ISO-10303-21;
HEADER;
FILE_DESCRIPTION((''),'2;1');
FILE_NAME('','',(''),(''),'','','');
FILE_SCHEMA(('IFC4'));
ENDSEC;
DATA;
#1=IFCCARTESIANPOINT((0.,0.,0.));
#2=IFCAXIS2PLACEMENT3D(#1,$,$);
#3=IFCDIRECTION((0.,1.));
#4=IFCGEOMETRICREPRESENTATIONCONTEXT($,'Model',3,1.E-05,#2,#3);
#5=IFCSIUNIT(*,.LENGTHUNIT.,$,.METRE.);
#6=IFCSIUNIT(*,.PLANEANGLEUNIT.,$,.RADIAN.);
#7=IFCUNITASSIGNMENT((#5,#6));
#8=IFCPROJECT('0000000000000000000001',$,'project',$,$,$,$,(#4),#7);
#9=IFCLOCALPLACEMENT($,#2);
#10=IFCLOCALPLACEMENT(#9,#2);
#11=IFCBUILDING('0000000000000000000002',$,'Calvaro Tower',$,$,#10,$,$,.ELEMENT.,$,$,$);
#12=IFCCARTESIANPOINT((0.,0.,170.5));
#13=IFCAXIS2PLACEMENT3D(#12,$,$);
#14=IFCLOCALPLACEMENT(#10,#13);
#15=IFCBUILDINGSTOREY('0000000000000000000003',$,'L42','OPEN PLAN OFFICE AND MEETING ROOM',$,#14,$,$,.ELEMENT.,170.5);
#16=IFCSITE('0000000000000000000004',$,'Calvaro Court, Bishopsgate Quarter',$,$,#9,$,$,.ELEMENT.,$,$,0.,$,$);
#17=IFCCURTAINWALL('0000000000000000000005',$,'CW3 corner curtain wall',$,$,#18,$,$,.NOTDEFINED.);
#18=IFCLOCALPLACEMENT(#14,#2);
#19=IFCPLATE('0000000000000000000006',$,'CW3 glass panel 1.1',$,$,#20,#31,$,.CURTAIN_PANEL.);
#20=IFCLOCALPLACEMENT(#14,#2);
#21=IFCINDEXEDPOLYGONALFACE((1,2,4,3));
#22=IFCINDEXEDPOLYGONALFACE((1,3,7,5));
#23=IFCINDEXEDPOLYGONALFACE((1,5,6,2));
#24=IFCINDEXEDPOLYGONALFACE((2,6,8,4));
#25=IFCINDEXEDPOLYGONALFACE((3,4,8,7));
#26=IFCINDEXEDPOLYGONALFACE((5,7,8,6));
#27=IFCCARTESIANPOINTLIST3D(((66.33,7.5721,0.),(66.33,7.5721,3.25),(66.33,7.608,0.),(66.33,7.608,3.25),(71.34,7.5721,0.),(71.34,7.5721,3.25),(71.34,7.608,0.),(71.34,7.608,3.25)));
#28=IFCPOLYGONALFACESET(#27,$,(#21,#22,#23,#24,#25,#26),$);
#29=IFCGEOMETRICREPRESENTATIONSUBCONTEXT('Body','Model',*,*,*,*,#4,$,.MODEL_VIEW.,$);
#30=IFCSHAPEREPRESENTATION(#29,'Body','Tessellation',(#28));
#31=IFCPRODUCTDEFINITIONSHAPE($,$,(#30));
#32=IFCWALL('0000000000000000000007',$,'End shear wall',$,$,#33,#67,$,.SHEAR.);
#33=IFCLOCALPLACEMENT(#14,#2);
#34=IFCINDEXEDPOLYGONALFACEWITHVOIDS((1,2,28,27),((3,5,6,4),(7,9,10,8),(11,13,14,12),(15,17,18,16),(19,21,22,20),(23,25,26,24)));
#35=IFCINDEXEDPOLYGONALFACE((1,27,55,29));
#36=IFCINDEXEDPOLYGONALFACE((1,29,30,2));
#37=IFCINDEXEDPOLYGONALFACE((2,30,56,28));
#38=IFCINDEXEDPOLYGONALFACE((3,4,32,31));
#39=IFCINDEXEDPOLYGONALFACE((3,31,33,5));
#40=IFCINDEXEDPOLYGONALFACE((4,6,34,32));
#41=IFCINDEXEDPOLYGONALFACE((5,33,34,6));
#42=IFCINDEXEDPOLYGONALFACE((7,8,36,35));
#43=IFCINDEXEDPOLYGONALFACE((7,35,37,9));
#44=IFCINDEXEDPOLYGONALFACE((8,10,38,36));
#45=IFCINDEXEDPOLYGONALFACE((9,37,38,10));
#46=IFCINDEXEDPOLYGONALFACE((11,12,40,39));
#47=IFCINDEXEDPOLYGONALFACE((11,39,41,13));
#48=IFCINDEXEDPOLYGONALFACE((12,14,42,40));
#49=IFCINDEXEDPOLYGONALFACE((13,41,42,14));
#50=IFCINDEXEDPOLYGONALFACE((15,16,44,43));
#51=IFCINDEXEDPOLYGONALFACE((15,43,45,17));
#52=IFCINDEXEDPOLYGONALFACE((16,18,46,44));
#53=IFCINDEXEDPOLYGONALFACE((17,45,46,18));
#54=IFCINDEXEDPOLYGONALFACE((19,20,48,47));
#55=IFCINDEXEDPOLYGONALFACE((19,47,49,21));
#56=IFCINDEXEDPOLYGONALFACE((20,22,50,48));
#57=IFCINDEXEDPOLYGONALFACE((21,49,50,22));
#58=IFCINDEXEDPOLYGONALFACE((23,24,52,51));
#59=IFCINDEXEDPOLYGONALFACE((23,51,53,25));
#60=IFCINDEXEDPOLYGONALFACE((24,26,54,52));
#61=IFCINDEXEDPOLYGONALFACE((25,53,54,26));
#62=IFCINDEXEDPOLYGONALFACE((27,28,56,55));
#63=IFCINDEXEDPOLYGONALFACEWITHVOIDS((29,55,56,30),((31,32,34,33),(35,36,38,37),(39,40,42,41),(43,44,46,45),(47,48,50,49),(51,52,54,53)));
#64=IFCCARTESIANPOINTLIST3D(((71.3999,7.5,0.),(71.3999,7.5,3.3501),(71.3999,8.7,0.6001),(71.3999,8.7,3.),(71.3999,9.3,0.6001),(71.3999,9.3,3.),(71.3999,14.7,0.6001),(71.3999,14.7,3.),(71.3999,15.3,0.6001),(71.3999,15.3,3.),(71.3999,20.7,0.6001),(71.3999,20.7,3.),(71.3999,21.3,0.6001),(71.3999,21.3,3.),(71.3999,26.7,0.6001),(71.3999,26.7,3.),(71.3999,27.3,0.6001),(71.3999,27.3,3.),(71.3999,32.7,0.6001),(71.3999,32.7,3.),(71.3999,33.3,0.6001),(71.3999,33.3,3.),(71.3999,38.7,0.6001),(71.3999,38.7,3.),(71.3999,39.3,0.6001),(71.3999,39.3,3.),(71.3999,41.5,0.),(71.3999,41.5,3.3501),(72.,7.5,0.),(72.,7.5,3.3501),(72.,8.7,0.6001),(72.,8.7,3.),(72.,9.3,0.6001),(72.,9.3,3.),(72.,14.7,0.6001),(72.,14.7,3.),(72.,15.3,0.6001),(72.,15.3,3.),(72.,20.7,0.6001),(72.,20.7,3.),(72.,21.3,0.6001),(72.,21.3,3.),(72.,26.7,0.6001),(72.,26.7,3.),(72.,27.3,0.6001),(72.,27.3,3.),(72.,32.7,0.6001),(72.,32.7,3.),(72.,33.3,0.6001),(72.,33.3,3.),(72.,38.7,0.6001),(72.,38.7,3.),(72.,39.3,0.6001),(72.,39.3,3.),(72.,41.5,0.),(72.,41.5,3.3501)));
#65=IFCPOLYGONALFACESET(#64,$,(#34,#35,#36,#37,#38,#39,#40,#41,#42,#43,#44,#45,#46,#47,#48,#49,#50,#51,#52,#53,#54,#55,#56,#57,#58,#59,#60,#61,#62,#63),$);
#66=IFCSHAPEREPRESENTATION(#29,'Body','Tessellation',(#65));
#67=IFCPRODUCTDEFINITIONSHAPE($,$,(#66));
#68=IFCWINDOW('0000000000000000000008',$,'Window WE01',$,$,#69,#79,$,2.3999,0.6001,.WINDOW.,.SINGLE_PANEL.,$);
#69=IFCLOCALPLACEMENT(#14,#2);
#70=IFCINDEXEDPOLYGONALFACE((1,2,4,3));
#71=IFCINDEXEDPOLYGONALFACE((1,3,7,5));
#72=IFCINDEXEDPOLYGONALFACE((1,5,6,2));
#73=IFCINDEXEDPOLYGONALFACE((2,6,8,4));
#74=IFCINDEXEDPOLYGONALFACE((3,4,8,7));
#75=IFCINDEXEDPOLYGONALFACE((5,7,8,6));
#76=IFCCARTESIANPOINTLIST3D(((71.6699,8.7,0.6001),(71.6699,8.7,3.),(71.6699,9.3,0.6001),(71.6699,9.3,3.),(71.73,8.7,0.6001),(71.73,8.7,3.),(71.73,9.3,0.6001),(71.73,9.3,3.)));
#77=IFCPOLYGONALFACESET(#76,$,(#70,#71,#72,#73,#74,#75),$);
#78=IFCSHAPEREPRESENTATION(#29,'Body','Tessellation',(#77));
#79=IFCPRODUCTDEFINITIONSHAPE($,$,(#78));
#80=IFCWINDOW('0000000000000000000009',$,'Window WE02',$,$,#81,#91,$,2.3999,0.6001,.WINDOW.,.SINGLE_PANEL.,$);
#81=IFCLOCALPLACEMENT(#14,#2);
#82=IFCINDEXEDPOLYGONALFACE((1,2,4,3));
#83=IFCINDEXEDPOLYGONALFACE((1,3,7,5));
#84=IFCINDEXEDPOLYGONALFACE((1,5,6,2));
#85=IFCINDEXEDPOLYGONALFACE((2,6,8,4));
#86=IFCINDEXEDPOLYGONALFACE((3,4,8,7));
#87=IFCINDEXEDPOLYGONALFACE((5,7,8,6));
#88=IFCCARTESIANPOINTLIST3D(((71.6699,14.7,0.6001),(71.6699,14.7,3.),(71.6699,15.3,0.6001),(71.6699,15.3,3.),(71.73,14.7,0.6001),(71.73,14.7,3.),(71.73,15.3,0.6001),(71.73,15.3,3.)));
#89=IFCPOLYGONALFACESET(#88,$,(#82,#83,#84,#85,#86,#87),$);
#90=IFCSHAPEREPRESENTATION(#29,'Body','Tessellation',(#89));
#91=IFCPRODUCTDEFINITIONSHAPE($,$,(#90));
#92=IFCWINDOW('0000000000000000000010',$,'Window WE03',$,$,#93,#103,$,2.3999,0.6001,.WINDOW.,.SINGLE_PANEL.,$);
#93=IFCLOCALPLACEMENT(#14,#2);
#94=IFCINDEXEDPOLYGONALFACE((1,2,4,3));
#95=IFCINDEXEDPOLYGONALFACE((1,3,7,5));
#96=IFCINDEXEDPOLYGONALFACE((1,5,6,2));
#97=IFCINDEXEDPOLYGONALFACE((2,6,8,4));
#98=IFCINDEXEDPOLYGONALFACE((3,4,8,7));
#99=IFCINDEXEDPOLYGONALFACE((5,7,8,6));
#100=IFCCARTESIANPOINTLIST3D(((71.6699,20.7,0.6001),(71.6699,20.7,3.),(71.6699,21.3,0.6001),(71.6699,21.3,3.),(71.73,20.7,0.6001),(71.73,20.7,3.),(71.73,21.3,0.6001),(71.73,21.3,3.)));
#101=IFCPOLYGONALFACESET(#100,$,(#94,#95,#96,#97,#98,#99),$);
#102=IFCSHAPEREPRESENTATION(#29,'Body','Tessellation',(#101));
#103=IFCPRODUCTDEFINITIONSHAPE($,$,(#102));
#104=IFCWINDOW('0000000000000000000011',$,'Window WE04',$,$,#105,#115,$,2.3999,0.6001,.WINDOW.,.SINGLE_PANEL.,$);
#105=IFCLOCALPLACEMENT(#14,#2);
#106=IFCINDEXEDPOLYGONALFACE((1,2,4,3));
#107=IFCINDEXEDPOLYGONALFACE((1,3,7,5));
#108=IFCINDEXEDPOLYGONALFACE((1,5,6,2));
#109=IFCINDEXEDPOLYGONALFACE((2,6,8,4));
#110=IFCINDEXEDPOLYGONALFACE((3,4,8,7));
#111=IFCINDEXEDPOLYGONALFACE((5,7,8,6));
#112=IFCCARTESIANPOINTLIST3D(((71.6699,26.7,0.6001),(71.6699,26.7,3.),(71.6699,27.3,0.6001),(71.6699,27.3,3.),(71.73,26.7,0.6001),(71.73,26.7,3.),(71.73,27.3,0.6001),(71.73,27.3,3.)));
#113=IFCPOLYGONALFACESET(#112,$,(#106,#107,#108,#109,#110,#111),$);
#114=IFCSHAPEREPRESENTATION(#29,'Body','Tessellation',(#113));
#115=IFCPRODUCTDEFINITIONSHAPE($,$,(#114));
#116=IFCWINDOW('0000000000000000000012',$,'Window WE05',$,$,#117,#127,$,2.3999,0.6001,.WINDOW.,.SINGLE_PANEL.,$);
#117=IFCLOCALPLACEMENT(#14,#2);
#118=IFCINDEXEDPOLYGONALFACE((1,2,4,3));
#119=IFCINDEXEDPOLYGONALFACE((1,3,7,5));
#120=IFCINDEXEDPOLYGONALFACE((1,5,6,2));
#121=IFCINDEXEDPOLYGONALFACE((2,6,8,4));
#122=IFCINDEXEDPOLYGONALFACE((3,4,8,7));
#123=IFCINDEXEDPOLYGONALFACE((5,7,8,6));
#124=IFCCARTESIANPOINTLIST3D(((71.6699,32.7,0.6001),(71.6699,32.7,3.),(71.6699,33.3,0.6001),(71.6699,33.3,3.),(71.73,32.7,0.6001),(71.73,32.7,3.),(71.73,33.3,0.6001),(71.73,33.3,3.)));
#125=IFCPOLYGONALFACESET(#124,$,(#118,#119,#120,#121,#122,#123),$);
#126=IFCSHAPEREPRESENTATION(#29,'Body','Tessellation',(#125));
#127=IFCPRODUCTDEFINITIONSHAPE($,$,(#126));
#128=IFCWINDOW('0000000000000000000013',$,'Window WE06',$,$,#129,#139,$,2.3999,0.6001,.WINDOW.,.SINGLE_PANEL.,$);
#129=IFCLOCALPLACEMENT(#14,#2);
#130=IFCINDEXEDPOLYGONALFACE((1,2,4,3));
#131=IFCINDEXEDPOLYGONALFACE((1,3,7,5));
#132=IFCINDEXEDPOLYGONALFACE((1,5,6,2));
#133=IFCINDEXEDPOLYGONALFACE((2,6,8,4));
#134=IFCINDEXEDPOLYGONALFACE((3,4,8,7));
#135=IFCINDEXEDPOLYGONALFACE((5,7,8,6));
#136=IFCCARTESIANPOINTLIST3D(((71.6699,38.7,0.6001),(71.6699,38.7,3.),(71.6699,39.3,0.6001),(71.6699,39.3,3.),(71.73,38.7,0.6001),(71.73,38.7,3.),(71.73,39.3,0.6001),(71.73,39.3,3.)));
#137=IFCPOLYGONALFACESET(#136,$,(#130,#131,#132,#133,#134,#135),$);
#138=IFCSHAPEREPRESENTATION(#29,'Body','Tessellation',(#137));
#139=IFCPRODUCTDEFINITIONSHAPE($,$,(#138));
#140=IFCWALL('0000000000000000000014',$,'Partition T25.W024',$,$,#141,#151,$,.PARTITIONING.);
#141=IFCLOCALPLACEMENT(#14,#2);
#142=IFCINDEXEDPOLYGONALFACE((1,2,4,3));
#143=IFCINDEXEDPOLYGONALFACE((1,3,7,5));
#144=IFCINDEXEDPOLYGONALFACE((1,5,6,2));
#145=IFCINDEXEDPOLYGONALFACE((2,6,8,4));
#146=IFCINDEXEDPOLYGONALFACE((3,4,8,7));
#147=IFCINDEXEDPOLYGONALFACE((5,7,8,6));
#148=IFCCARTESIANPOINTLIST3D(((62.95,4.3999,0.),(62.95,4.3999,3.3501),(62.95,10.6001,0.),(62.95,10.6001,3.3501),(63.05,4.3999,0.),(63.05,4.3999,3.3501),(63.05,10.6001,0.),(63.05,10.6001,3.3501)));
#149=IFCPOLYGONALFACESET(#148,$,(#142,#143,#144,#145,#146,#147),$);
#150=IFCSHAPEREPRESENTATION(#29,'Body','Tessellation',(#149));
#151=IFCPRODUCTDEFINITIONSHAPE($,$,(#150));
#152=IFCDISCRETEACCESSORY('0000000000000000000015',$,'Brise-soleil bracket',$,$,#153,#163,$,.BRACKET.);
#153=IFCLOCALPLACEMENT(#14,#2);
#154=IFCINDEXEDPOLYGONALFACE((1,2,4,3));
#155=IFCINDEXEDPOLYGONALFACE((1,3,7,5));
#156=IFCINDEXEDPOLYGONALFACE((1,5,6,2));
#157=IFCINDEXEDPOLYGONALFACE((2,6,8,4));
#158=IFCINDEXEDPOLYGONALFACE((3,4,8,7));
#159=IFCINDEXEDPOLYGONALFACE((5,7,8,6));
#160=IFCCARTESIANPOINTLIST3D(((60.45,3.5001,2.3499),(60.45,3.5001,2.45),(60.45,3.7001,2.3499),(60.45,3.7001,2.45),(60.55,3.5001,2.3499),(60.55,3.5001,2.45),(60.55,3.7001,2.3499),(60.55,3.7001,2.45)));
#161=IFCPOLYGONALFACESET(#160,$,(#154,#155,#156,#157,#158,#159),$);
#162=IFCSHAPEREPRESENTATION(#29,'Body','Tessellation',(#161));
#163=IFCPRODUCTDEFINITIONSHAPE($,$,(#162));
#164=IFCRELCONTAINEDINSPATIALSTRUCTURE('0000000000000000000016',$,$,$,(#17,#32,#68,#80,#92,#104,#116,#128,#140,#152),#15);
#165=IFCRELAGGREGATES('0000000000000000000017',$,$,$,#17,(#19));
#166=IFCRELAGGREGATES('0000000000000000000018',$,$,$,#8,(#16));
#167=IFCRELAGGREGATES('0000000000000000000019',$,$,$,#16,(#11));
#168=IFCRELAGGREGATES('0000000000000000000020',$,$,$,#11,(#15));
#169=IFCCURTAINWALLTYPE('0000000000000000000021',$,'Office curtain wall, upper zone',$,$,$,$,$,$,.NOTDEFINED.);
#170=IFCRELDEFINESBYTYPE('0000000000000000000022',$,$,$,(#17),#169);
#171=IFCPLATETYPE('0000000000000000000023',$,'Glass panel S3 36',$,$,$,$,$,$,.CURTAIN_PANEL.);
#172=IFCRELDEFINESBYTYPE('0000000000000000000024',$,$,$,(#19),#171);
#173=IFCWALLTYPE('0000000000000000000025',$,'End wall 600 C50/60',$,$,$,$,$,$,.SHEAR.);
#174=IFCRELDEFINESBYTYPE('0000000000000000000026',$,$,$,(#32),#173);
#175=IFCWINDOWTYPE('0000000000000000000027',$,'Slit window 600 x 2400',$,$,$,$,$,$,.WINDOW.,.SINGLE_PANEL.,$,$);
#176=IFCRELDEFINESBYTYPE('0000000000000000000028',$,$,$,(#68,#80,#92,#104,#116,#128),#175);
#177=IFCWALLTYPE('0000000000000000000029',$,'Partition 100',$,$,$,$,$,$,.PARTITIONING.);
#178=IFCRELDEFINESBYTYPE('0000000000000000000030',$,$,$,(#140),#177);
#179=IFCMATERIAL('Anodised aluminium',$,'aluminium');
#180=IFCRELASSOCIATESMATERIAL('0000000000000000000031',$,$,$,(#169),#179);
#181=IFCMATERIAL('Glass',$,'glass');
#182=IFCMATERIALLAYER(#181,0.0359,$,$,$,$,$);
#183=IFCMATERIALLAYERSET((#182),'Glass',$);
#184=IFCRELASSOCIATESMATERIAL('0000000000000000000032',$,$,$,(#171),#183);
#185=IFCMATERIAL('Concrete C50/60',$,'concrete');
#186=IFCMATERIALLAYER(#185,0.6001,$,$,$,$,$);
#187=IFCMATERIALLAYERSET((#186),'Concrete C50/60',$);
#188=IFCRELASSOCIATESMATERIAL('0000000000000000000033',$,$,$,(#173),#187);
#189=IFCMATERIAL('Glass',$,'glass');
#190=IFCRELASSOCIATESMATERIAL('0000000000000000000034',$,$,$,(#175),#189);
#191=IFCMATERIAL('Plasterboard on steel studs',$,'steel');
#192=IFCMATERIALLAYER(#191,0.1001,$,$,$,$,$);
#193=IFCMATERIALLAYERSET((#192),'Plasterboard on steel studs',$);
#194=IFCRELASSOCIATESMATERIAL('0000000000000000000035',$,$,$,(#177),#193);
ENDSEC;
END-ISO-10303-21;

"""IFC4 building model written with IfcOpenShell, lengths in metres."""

from ifc_helpers import new_model, si_unit, direction, frame, frame_2d, origin, origin_2d, place, context, subcontext, project, spatial, rectangle, extrude, material, layer, layer_set, type_object, element, fill, aggregate, save


model = new_model("IFC4")

# Units and contexts
model_context = context("Model", 3, precision=1e-05, world=origin(), true_north=direction((0.0, 1.0)))
body_context = subcontext(model_context, "Body", "Model", "MODEL_VIEW")
ifc_project = project(units=[si_unit("LENGTHUNIT", "METRE"), si_unit("PLANEANGLEUNIT", "RADIAN")], contexts=[model_context])

# Site, building, storey
site_placement = place(None, origin())
site = spatial("IfcSite", under=ifc_project, at=site_placement, Name="Calvaro Court, Bishopsgate Quarter", CompositionType="ELEMENT", RefElevation=0.0)
building_placement = place(site_placement, origin())
building = spatial("IfcBuilding", under=site, at=building_placement, Name="Calvaro Tower", CompositionType="ELEMENT")
storey_placement = place(building_placement, frame((0.0, 0.0, 170.5)))
storey = spatial("IfcBuildingStorey", under=building, at=storey_placement, Name="L42", Description="OPEN PLAN OFFICE AND MEETING ROOM", CompositionType="ELEMENT", Elevation=170.5)

# Curtain wall
ifc_material_1 = material(Name="Anodised aluminium", Category="aluminium")
curtain_wall_type = type_object("IfcCurtainWallType", Name="Office curtain wall, upper zone", PredefinedType="NOTDEFINED", material=ifc_material_1)
curtain_wall_1_placement = place(storey_placement, origin())
curtain_wall_1 = element("IfcCurtainWall", 1, at=curtain_wall_1_placement, inside=storey, type_object=curtain_wall_type, Name="CW3 corner curtain wall", PredefinedType="NOTDEFINED")

# Plate
ifc_material_2 = material(Name="Glass", Category="glass")
ifc_layer_1 = layer(ifc_material_2, 0.0359)
ifc_layer_set_1 = layer_set([ifc_layer_1], Name="Glass")
plate_type = type_object("IfcPlateType", Name="Glass panel S3 36", PredefinedType="CURTAIN_PANEL", material=ifc_layer_set_1)
plate_1_placement = place(storey_placement, frame((68.835, 7.5901, 0.0), z_axis=(0.0, 0.0, 1.0), x_axis=(1.0, 0.0, 0.0)))
plate_1 = element("IfcPlate", 2, at=plate_1_placement, type_object=plate_type, Name="CW3 glass panel 1.1", PredefinedType="CURTAIN_PANEL", context=body_context, shape_type="SweptSolid", body=[
    extrude(rectangle(XDim=5.01, YDim=0.0359, at=origin_2d()), origin(), (0.0, 0.0, 1.0), 3.25),
])
aggregate(curtain_wall_1, [plate_1])

# Wall, openings, windows
ifc_material_3 = material(Name="Concrete C50/60", Category="concrete")
ifc_layer_2 = layer(ifc_material_3, 0.6001)
ifc_layer_set_2 = layer_set([ifc_layer_2], Name="Concrete C50/60")
wall_type_1 = type_object("IfcWallType", Name="End wall 600 C50/60", PredefinedType="SHEAR", material=ifc_layer_set_2)
wall_1_placement = place(storey_placement, frame((71.7, 7.5, 0.0), z_axis=(0.0, 0.0, 1.0), x_axis=(0.0, 1.0, 0.0)))
wall_1 = element("IfcWall", 3, at=wall_1_placement, inside=storey, type_object=wall_type_1, Name="End shear wall", PredefinedType="SHEAR", context=body_context, shape_type="SweptSolid", body=[
    extrude(rectangle(XDim=34.0, YDim=0.6001, at=frame_2d((17.0, 0.0))), origin(), (0.0, 0.0, 1.0), 3.3501),
])
opening_1_placement = place(wall_1_placement, frame((1.2, 0.0, 0.6001)))
opening_1 = element("IfcOpeningElement", 4, at=opening_1_placement, cuts=wall_1, PredefinedType="OPENING", context=body_context, shape_type="SweptSolid", body=[
    extrude(rectangle(XDim=0.6001, YDim=2.3999, at=frame_2d((0.3, 1.2))), frame((0.0, 0.3101, 0.0), z_axis=(0.0, -1.0, 0.0), x_axis=(1.0, 0.0, 0.0)), (0.0, 0.0, 1.0), 0.6201),
])
opening_2_placement = place(wall_1_placement, frame((7.2, 0.0, 0.6001)))
opening_2 = element("IfcOpeningElement", 5, at=opening_2_placement, cuts=wall_1, PredefinedType="OPENING", context=body_context, shape_type="SweptSolid", body=[
    extrude(rectangle(XDim=0.6001, YDim=2.3999, at=frame_2d((0.3, 1.2))), frame((0.0, 0.3101, 0.0), z_axis=(0.0, -1.0, 0.0), x_axis=(1.0, 0.0, 0.0)), (0.0, 0.0, 1.0), 0.6201),
])
opening_3_placement = place(wall_1_placement, frame((13.2, 0.0, 0.6001)))
opening_3 = element("IfcOpeningElement", 6, at=opening_3_placement, cuts=wall_1, PredefinedType="OPENING", context=body_context, shape_type="SweptSolid", body=[
    extrude(rectangle(XDim=0.6001, YDim=2.3999, at=frame_2d((0.3, 1.2))), frame((0.0, 0.3101, 0.0), z_axis=(0.0, -1.0, 0.0), x_axis=(1.0, 0.0, 0.0)), (0.0, 0.0, 1.0), 0.6201),
])
opening_4_placement = place(wall_1_placement, frame((19.2, 0.0, 0.6001)))
opening_4 = element("IfcOpeningElement", 7, at=opening_4_placement, cuts=wall_1, PredefinedType="OPENING", context=body_context, shape_type="SweptSolid", body=[
    extrude(rectangle(XDim=0.6001, YDim=2.3999, at=frame_2d((0.3, 1.2))), frame((0.0, 0.3101, 0.0), z_axis=(0.0, -1.0, 0.0), x_axis=(1.0, 0.0, 0.0)), (0.0, 0.0, 1.0), 0.6201),
])
opening_5_placement = place(wall_1_placement, frame((25.2, 0.0, 0.6001)))
opening_5 = element("IfcOpeningElement", 8, at=opening_5_placement, cuts=wall_1, PredefinedType="OPENING", context=body_context, shape_type="SweptSolid", body=[
    extrude(rectangle(XDim=0.6001, YDim=2.3999, at=frame_2d((0.3, 1.2))), frame((0.0, 0.3101, 0.0), z_axis=(0.0, -1.0, 0.0), x_axis=(1.0, 0.0, 0.0)), (0.0, 0.0, 1.0), 0.6201),
])
opening_6_placement = place(wall_1_placement, frame((31.2, 0.0, 0.6001)))
opening_6 = element("IfcOpeningElement", 9, at=opening_6_placement, cuts=wall_1, PredefinedType="OPENING", context=body_context, shape_type="SweptSolid", body=[
    extrude(rectangle(XDim=0.6001, YDim=2.3999, at=frame_2d((0.3, 1.2))), frame((0.0, 0.3101, 0.0), z_axis=(0.0, -1.0, 0.0), x_axis=(1.0, 0.0, 0.0)), (0.0, 0.0, 1.0), 0.6201),
])
ifc_material_4 = material(Name="Glass", Category="glass")
window_type = type_object("IfcWindowType", Name="Slit window 600 x 2400", PartitioningType="SINGLE_PANEL", PredefinedType="WINDOW", material=ifc_material_4)
window_1_placement = place(opening_1_placement, origin())
window_1 = element("IfcWindow", 10, at=window_1_placement, inside=storey, type_object=window_type, Name="Window WE01", OverallHeight=2.3999, OverallWidth=0.6001, PartitioningType="SINGLE_PANEL", PredefinedType="WINDOW", context=body_context, shape_type="SweptSolid", body=[
    extrude(rectangle(XDim=0.6001, YDim=2.3999, at=frame_2d((0.3, 1.2))), frame((0.0, 0.03, 0.0), z_axis=(0.0, -1.0, 0.0), x_axis=(1.0, 0.0, 0.0)), (0.0, 0.0, 1.0), 0.0601),
])
fill(opening_1, window_1)
window_2_placement = place(opening_2_placement, origin())
window_2 = element("IfcWindow", 11, at=window_2_placement, inside=storey, type_object=window_type, Name="Window WE02", OverallHeight=2.3999, OverallWidth=0.6001, PartitioningType="SINGLE_PANEL", PredefinedType="WINDOW", context=body_context, shape_type="SweptSolid", body=[
    extrude(rectangle(XDim=0.6001, YDim=2.3999, at=frame_2d((0.3, 1.2))), frame((0.0, 0.03, 0.0), z_axis=(0.0, -1.0, 0.0), x_axis=(1.0, 0.0, 0.0)), (0.0, 0.0, 1.0), 0.0601),
])
fill(opening_2, window_2)
window_3_placement = place(opening_3_placement, origin())
window_3 = element("IfcWindow", 12, at=window_3_placement, inside=storey, type_object=window_type, Name="Window WE03", OverallHeight=2.3999, OverallWidth=0.6001, PartitioningType="SINGLE_PANEL", PredefinedType="WINDOW", context=body_context, shape_type="SweptSolid", body=[
    extrude(rectangle(XDim=0.6001, YDim=2.3999, at=frame_2d((0.3, 1.2))), frame((0.0, 0.03, 0.0), z_axis=(0.0, -1.0, 0.0), x_axis=(1.0, 0.0, 0.0)), (0.0, 0.0, 1.0), 0.0601),
])
fill(opening_3, window_3)
window_4_placement = place(opening_4_placement, origin())
window_4 = element("IfcWindow", 13, at=window_4_placement, inside=storey, type_object=window_type, Name="Window WE04", OverallHeight=2.3999, OverallWidth=0.6001, PartitioningType="SINGLE_PANEL", PredefinedType="WINDOW", context=body_context, shape_type="SweptSolid", body=[
    extrude(rectangle(XDim=0.6001, YDim=2.3999, at=frame_2d((0.3, 1.2))), frame((0.0, 0.03, 0.0), z_axis=(0.0, -1.0, 0.0), x_axis=(1.0, 0.0, 0.0)), (0.0, 0.0, 1.0), 0.0601),
])
fill(opening_4, window_4)
window_5_placement = place(opening_5_placement, origin())
window_5 = element("IfcWindow", 14, at=window_5_placement, inside=storey, type_object=window_type, Name="Window WE05", OverallHeight=2.3999, OverallWidth=0.6001, PartitioningType="SINGLE_PANEL", PredefinedType="WINDOW", context=body_context, shape_type="SweptSolid", body=[
    extrude(rectangle(XDim=0.6001, YDim=2.3999, at=frame_2d((0.3, 1.2))), frame((0.0, 0.03, 0.0), z_axis=(0.0, -1.0, 0.0), x_axis=(1.0, 0.0, 0.0)), (0.0, 0.0, 1.0), 0.0601),
])
fill(opening_5, window_5)
window_6_placement = place(opening_6_placement, origin())
window_6 = element("IfcWindow", 15, at=window_6_placement, inside=storey, type_object=window_type, Name="Window WE06", OverallHeight=2.3999, OverallWidth=0.6001, PartitioningType="SINGLE_PANEL", PredefinedType="WINDOW", context=body_context, shape_type="SweptSolid", body=[
    extrude(rectangle(XDim=0.6001, YDim=2.3999, at=frame_2d((0.3, 1.2))), frame((0.0, 0.03, 0.0), z_axis=(0.0, -1.0, 0.0), x_axis=(1.0, 0.0, 0.0)), (0.0, 0.0, 1.0), 0.0601),
])
fill(opening_6, window_6)

# Wall
ifc_material_5 = material(Name="Plasterboard on steel studs", Category="steel")
ifc_layer_3 = layer(ifc_material_5, 0.1001)
ifc_layer_set_3 = layer_set([ifc_layer_3], Name="Plasterboard on steel studs")
wall_type_2 = type_object("IfcWallType", Name="Partition 100", PredefinedType="PARTITIONING", material=ifc_layer_set_3)
wall_2_placement = place(storey_placement, frame((63.0, 4.3999, 0.0), z_axis=(0.0, 0.0, 1.0), x_axis=(0.0, 1.0, 0.0)))
element("IfcWall", 16, at=wall_2_placement, inside=storey, type_object=wall_type_2, Name="Partition T25.W024", PredefinedType="PARTITIONING", context=body_context, shape_type="SweptSolid", body=[
    extrude(rectangle(XDim=6.2002, YDim=0.1001, at=frame_2d((3.1001, 0.0))), origin(), (0.0, 0.0, 1.0), 3.3501),
])

# Discrete accessory
for number, where, z_axis, x_axis, name in (
    (17, (60.5, 3.6001, 2.3499), (0.0, 0.0, 1.0), (1.0, 0.0, 0.0), "Brise-soleil bracket"),
):
    element("IfcDiscreteAccessory", number, at=place(storey_placement, frame(where, z_axis=z_axis, x_axis=x_axis)), inside=storey, Name=name, PredefinedType="BRACKET", context=body_context, shape_type="SweptSolid", body=[
        extrude(rectangle(XDim=0.1001, YDim=0.2, at=origin_2d()), origin(), (0.0, 0.0, 1.0), 0.1001),
    ])

save(model, "model.ifc")
